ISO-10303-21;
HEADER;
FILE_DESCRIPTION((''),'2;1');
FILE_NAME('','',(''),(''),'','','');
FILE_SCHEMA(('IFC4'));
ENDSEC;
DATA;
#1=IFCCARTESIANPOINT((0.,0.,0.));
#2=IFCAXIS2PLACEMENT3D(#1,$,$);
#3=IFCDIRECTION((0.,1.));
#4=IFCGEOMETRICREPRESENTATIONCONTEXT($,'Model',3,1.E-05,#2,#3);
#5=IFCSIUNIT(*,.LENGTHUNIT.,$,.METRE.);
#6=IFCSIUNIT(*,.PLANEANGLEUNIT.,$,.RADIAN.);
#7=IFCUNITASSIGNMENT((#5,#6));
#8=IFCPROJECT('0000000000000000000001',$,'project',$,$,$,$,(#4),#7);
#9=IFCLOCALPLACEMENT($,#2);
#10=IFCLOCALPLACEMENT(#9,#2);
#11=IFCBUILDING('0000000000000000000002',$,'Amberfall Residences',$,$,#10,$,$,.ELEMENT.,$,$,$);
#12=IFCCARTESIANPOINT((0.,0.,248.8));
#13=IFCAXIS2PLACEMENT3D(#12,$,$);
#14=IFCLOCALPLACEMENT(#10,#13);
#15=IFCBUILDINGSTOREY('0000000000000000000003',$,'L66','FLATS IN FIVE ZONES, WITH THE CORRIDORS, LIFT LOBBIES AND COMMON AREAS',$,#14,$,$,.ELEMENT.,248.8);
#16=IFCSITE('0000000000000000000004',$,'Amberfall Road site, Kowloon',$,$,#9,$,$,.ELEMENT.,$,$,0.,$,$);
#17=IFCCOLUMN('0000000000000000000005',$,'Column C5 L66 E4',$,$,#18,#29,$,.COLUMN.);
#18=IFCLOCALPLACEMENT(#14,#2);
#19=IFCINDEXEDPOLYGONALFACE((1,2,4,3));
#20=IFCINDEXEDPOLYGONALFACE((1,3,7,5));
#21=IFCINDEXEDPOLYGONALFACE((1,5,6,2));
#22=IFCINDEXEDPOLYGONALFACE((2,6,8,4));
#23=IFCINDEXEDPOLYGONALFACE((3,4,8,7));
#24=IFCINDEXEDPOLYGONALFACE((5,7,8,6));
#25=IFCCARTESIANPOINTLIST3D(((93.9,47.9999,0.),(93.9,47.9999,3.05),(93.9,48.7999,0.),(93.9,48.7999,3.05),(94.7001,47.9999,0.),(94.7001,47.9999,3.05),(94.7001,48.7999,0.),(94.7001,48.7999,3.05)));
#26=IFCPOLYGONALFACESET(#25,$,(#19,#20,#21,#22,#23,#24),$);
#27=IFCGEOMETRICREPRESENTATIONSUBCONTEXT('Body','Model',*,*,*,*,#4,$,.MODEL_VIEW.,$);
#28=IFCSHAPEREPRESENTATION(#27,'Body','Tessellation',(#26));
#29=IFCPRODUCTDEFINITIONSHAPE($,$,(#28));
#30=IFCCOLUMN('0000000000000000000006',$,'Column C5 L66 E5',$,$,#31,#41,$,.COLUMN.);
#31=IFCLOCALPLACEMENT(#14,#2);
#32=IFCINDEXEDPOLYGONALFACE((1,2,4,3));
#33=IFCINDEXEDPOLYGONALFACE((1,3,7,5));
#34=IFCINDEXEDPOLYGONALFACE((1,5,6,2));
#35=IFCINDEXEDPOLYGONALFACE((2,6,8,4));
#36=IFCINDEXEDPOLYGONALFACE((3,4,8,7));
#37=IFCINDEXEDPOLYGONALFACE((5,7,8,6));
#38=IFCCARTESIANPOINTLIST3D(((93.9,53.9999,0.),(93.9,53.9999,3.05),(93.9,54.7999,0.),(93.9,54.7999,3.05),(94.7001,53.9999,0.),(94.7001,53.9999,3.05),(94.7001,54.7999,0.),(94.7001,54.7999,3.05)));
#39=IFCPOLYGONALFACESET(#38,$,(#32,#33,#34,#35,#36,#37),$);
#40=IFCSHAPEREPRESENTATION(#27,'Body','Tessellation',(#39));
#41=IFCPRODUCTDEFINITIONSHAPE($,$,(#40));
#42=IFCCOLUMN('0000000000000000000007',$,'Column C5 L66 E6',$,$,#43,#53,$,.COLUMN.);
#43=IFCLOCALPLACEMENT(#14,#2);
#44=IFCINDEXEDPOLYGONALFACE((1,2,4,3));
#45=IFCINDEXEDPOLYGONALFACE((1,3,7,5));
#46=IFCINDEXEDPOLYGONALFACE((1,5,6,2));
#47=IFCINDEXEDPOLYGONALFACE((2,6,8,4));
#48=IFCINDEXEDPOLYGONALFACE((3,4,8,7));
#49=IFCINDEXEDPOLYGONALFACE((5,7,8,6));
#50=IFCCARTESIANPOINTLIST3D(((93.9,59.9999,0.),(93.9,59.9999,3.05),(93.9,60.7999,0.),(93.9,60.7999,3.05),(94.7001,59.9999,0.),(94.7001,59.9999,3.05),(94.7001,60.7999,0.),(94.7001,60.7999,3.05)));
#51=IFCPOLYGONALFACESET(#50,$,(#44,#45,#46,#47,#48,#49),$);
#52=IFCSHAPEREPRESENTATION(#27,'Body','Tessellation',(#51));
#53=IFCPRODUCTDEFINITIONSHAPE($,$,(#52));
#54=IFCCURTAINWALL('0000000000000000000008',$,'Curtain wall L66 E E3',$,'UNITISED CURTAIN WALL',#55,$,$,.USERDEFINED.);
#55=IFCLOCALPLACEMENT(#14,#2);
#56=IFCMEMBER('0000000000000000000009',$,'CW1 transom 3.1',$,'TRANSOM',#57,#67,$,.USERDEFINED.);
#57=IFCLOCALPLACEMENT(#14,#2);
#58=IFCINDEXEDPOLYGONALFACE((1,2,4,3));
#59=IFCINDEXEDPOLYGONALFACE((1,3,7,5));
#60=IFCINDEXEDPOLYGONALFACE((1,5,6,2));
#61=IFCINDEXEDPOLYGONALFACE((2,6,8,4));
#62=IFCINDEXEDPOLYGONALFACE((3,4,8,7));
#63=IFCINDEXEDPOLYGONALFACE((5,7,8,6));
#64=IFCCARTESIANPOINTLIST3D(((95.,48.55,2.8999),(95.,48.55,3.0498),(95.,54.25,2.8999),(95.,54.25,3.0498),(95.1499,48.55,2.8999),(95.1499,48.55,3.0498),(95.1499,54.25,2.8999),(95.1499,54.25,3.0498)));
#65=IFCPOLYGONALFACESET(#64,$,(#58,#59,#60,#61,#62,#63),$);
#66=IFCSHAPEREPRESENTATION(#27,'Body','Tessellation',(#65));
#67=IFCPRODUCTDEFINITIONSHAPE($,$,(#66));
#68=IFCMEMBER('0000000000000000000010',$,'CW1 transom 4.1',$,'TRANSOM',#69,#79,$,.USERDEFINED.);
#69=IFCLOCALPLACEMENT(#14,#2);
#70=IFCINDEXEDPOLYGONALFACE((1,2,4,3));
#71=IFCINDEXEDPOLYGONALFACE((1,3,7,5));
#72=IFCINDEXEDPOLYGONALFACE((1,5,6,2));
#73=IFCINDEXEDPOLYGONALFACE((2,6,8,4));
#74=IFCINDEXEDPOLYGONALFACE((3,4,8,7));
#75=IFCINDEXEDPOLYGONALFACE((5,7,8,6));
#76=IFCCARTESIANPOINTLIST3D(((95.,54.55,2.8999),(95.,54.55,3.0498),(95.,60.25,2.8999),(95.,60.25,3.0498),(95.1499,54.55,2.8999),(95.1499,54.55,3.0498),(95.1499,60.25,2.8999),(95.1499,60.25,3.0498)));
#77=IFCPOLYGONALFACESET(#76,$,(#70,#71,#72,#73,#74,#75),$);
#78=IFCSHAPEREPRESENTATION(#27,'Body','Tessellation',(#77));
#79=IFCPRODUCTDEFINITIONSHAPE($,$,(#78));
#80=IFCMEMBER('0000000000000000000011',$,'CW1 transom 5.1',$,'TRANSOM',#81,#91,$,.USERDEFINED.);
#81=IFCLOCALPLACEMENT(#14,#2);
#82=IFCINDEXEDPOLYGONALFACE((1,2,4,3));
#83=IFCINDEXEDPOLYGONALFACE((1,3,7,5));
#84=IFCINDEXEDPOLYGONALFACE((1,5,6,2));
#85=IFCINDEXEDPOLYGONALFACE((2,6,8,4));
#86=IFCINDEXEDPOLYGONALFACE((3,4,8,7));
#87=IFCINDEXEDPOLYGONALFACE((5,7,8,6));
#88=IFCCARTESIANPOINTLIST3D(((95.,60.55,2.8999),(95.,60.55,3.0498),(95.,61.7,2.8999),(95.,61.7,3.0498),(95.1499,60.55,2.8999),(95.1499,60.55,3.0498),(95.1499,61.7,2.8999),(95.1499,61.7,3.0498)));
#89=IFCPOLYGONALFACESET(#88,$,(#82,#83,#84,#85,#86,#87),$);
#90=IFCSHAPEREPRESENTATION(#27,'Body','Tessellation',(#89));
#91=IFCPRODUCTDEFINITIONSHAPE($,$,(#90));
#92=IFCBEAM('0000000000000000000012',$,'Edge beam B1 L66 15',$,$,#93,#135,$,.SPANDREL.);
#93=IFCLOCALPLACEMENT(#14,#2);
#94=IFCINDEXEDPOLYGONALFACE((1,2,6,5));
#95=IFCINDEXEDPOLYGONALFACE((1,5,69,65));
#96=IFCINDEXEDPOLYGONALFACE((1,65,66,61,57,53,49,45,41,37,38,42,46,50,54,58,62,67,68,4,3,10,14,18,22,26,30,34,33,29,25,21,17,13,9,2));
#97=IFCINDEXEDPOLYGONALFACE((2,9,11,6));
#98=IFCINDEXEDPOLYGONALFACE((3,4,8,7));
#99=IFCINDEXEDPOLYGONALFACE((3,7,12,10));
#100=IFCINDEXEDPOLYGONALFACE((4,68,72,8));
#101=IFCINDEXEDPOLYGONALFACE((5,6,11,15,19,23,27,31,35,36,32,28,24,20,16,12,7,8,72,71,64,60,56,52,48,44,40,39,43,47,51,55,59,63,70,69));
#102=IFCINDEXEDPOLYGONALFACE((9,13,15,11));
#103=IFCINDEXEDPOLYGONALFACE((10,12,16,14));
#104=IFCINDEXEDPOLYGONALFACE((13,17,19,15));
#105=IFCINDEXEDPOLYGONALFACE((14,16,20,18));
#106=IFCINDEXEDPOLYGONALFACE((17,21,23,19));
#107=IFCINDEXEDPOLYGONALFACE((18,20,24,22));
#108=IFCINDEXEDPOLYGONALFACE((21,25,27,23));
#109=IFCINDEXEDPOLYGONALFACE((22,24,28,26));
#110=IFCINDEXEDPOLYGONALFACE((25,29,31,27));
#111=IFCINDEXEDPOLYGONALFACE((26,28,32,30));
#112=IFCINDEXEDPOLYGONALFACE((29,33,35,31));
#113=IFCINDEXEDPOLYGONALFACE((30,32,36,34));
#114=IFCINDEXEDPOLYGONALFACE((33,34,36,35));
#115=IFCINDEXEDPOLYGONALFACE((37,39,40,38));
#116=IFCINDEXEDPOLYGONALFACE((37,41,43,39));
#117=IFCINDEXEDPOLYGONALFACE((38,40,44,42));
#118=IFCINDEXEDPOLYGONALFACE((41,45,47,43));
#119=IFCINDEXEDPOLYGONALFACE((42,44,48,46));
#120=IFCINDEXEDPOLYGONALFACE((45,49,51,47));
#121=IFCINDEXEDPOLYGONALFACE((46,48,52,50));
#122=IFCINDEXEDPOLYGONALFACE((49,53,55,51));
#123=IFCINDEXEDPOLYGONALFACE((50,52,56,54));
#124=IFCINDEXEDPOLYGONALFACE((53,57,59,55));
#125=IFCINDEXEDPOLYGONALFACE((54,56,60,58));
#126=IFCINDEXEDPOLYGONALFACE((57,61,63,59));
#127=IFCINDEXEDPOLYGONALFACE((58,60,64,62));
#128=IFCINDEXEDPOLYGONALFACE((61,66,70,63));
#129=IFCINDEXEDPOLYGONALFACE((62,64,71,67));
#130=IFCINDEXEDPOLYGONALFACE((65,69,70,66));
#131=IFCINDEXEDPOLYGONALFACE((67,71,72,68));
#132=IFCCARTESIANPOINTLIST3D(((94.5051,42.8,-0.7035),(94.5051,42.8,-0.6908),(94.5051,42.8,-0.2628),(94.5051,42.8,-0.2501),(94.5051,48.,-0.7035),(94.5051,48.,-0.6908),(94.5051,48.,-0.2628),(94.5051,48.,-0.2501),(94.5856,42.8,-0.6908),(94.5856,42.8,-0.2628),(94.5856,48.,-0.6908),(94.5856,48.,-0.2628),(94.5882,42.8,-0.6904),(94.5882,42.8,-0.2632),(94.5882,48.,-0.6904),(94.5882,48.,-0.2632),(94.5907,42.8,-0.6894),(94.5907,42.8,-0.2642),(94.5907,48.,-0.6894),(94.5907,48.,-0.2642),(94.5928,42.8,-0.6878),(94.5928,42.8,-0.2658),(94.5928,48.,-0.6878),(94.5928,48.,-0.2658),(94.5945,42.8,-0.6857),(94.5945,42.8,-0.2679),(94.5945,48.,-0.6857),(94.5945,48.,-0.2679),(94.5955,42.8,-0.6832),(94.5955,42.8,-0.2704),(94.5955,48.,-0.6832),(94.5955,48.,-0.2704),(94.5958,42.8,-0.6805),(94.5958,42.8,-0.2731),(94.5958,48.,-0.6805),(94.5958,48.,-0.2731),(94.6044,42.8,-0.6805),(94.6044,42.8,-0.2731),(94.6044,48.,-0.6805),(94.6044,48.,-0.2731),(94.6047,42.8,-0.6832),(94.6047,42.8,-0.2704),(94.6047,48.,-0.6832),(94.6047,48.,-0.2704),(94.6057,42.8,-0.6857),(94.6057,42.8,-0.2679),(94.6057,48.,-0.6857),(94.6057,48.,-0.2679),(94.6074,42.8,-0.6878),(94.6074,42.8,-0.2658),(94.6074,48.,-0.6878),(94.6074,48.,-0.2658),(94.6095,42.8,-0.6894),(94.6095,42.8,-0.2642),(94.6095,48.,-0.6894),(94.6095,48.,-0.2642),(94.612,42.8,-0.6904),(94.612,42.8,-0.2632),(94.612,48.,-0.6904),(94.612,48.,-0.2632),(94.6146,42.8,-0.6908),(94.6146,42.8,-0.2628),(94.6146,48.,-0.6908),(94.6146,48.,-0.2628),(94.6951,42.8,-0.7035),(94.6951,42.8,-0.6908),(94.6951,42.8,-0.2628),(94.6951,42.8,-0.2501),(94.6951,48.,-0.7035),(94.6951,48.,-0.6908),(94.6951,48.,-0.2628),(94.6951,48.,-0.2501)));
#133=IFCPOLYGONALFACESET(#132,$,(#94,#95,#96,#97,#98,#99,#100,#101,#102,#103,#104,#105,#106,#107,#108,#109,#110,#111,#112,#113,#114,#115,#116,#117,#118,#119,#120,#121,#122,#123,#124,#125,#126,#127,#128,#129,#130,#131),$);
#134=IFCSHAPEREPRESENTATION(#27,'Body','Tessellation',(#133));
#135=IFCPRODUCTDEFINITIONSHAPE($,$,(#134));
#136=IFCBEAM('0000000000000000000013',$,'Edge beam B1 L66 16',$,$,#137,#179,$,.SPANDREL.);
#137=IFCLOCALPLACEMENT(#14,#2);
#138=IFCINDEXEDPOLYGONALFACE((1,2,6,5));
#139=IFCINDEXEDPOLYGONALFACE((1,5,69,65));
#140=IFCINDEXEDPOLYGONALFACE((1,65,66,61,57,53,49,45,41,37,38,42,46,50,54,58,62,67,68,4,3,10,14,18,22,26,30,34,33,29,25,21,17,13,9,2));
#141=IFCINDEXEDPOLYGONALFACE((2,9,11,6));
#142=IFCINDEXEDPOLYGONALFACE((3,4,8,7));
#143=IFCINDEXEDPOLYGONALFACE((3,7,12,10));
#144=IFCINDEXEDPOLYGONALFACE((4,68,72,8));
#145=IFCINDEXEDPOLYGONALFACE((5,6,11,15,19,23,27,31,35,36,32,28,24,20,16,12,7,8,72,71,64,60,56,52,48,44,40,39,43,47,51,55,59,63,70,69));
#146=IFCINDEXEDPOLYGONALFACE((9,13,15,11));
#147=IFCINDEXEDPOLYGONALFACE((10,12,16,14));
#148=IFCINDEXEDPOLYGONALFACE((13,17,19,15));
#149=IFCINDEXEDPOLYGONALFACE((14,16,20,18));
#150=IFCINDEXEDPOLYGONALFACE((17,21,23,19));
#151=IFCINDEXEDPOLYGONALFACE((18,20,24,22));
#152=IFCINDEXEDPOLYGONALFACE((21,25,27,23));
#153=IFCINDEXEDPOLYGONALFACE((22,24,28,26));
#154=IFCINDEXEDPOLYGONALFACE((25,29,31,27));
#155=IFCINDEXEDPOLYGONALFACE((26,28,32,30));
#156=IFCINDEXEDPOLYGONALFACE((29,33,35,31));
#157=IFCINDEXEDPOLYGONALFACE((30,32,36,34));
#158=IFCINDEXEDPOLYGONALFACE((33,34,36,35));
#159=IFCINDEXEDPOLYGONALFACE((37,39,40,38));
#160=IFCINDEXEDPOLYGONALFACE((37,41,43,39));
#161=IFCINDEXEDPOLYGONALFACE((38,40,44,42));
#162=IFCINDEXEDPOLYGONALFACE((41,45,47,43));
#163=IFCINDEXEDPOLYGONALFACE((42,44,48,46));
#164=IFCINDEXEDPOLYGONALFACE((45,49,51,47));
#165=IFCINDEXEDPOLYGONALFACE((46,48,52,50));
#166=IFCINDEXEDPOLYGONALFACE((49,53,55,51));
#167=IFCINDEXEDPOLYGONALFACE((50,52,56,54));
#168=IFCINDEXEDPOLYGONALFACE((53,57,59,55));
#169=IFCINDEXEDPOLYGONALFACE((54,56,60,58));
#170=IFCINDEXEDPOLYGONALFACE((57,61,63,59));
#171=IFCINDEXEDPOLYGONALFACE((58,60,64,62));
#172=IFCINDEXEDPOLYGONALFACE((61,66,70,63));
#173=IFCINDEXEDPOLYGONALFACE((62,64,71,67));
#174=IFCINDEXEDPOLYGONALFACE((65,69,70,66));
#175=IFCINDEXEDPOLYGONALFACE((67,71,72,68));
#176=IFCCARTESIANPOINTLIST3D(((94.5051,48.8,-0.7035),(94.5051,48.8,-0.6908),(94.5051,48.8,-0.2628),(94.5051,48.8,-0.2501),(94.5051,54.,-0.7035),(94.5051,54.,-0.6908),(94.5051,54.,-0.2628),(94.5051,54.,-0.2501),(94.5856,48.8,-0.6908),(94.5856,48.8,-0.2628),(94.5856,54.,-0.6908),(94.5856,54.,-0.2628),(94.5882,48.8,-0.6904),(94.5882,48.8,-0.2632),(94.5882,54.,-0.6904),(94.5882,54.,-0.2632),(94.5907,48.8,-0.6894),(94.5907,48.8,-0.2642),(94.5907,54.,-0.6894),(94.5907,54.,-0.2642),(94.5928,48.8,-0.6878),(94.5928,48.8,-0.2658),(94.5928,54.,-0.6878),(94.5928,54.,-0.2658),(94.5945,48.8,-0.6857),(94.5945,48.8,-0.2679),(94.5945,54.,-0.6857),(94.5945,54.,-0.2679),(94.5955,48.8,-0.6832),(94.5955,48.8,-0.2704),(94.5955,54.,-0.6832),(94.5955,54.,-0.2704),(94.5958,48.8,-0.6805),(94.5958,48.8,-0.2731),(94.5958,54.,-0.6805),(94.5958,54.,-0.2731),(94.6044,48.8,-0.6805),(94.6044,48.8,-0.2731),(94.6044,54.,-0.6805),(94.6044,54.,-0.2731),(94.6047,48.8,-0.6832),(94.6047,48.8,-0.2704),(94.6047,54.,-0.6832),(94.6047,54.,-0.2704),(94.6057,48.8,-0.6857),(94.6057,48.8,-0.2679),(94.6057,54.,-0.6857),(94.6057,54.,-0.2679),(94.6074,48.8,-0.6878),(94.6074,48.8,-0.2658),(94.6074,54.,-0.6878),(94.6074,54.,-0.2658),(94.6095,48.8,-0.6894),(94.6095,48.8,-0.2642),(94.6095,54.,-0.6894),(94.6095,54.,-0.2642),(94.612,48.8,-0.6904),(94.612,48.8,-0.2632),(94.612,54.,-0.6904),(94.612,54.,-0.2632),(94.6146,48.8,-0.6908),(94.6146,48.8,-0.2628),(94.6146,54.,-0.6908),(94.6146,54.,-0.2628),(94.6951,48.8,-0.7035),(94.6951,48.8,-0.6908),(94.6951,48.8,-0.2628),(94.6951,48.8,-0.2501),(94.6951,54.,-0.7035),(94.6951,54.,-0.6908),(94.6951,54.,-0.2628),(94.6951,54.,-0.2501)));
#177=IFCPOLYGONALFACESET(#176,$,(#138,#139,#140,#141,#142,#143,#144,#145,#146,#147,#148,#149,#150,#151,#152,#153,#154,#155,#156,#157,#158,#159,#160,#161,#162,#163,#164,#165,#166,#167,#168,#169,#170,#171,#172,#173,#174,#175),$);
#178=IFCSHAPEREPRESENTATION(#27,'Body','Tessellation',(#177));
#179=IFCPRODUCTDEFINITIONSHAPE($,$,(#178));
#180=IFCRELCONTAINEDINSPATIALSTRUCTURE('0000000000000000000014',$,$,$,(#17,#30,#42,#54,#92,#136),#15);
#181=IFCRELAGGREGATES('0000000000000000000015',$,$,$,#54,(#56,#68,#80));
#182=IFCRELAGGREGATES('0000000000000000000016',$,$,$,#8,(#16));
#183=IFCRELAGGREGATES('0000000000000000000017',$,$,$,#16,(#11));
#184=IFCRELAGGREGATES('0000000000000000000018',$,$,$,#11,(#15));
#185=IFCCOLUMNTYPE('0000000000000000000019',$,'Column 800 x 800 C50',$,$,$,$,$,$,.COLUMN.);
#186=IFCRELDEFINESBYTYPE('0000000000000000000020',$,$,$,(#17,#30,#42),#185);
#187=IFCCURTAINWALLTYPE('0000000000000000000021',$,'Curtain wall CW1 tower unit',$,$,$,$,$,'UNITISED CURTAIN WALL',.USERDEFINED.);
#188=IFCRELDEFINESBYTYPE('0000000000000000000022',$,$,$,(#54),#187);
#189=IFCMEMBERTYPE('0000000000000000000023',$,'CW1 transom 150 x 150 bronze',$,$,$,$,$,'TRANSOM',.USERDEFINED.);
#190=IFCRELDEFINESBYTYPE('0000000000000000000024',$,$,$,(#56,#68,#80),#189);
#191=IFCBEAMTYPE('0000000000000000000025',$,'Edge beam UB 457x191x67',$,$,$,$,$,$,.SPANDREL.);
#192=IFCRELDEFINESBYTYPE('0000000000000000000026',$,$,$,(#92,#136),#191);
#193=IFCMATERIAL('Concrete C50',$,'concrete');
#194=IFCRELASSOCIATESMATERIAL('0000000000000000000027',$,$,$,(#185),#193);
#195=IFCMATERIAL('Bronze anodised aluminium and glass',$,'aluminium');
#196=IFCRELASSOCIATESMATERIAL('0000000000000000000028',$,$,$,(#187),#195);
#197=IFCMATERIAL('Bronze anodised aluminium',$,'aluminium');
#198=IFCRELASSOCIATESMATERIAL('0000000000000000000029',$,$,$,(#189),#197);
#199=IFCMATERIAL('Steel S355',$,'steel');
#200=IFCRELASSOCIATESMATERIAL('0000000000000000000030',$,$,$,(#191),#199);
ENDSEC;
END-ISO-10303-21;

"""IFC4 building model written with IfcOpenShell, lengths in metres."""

from ifc_helpers import new_model, si_unit, direction, frame, origin, origin_2d, place, context, subcontext, project, spatial, rectangle, i_section, extrude, material, material_profile, profile_set, type_object, element, aggregate, save


model = new_model("IFC4")

# Units and contexts
model_context = context("Model", 3, precision=1e-05, world=origin(), true_north=direction((0.0, 1.0)))
body_context = subcontext(model_context, "Body", "Model", "MODEL_VIEW")
ifc_project = project(units=[si_unit("LENGTHUNIT", "METRE"), si_unit("PLANEANGLEUNIT", "RADIAN")], contexts=[model_context])

# Site, building, storey
site_placement = place(None, origin())
site = spatial("IfcSite", under=ifc_project, at=site_placement, Name="Amberfall Road site, Kowloon", CompositionType="ELEMENT", RefElevation=0.0)
building_placement = place(site_placement, origin())
building = spatial("IfcBuilding", under=site, at=building_placement, Name="Amberfall Residences", CompositionType="ELEMENT")
storey_placement = place(building_placement, frame((0.0, 0.0, 248.8)))
storey = spatial("IfcBuildingStorey", under=building, at=storey_placement, Name="L66", Description="FLATS IN FIVE ZONES, WITH THE CORRIDORS, LIFT LOBBIES AND COMMON AREAS", CompositionType="ELEMENT", Elevation=248.8)

# Columns
ifc_material_1 = material(Name="Concrete C50", Category="concrete")
ifc_material_profile_1 = material_profile(ifc_material_1, rectangle(XDim=0.8, YDim=0.8, at=origin_2d()), Name="Column 800 x 800 C50")
ifc_profile_set_1 = profile_set([ifc_material_profile_1], Name="Concrete C50")
column_type = type_object("IfcColumnType", Name="Column 800 x 800 C50", PredefinedType="COLUMN", material=ifc_profile_set_1)
for number, where, z_axis, x_axis, name in (
    (1, (94.3, 48.3999, 0.0), (0.0, 0.0, 1.0), (1.0, 0.0, 0.0), "Column C5 L66 E4"),
    (2, (94.3, 54.3999, 0.0), (0.0, 0.0, 1.0), (1.0, 0.0, 0.0), "Column C5 L66 E5"),
    (3, (94.3, 60.3999, 0.0), (0.0, 0.0, 1.0), (1.0, 0.0, 0.0), "Column C5 L66 E6"),
):
    element("IfcColumn", number, at=place(storey_placement, frame(where, z_axis=z_axis, x_axis=x_axis)), inside=storey, type_object=column_type, Name=name, PredefinedType="COLUMN", context=body_context, shape_type="SweptSolid", body=[
        extrude(rectangle(XDim=0.8, YDim=0.8, at=origin_2d()), origin(), (0.0, 0.0, 1.0), 3.05),
    ])

# Curtain wall, members
ifc_material_2 = material(Name="Bronze anodised aluminium and glass", Category="aluminium")
curtain_wall_type = type_object("IfcCurtainWallType", Name="Curtain wall CW1 tower unit", ElementType="UNITISED CURTAIN WALL", PredefinedType="USERDEFINED", material=ifc_material_2)
curtain_wall_placement = place(storey_placement, origin())
curtain_wall = element("IfcCurtainWall", 4, at=curtain_wall_placement, inside=storey, type_object=curtain_wall_type, Name="Curtain wall L66 E E3", ObjectType="UNITISED CURTAIN WALL", PredefinedType="USERDEFINED")
ifc_material_3 = material(Name="Bronze anodised aluminium", Category="aluminium")
ifc_material_profile_2 = material_profile(ifc_material_3, rectangle(XDim=0.1499, YDim=0.1499, at=origin_2d()), Name="CW1 transom 150 x 150 bronze")
ifc_profile_set_2 = profile_set([ifc_material_profile_2], Name="Bronze anodised aluminium")
member_type_1 = type_object("IfcMemberType", Name="CW1 transom 150 x 150 bronze", ElementType="TRANSOM", PredefinedType="USERDEFINED", material=ifc_profile_set_2)
member_1_placement = place(storey_placement, frame((95.075, 48.55, 2.9749), z_axis=(0.0, 1.0, 0.0), x_axis=(-1.0, 0.0, 0.0)))
member_1 = element("IfcMember", 5, at=member_1_placement, type_object=member_type_1, Name="CW1 transom 3.1", ObjectType="TRANSOM", PredefinedType="USERDEFINED", context=body_context, shape_type="SweptSolid", body=[
    extrude(rectangle(XDim=0.1499, YDim=0.1499, at=origin_2d()), origin(), (0.0, 0.0, 1.0), 5.7),
])
member_2_placement = place(storey_placement, frame((95.075, 54.55, 2.9749), z_axis=(0.0, 1.0, 0.0), x_axis=(-1.0, 0.0, 0.0)))
member_2 = element("IfcMember", 6, at=member_2_placement, type_object=member_type_1, Name="CW1 transom 4.1", ObjectType="TRANSOM", PredefinedType="USERDEFINED", context=body_context, shape_type="SweptSolid", body=[
    extrude(rectangle(XDim=0.1499, YDim=0.1499, at=origin_2d()), origin(), (0.0, 0.0, 1.0), 5.7),
])
member_3_placement = place(storey_placement, frame((95.075, 60.55, 2.9749), z_axis=(0.0, 1.0, 0.0), x_axis=(-1.0, 0.0, 0.0)))
member_3 = element("IfcMember", 7, at=member_3_placement, type_object=member_type_1, Name="CW1 transom 5.1", ObjectType="TRANSOM", PredefinedType="USERDEFINED", context=body_context, shape_type="SweptSolid", body=[
    extrude(rectangle(XDim=0.1499, YDim=0.1499, at=origin_2d()), origin(), (0.0, 0.0, 1.0), 1.1499),
])

# Beams
ifc_material_4 = material(Name="Steel S355", Category="steel")
ifc_material_profile_3 = material_profile(ifc_material_4, i_section(OverallWidth=0.1899, OverallDepth=0.4534, WebThickness=0.0085, FlangeThickness=0.0127, FilletRadius=0.0103, at=origin_2d()), Name="UB 457x191x67")
ifc_profile_set_3 = profile_set([ifc_material_profile_3], Name="Steel S355")
beam_type_1 = type_object("IfcBeamType", Name="Edge beam UB 457x191x67", PredefinedType="SPANDREL", material=ifc_profile_set_3)
for number, where, z_axis, x_axis, name in (
    (8, (94.6001, 42.8, -0.4768), (0.0, 1.0, 0.0), (-1.0, 0.0, 0.0), "Edge beam B1 L66 15"),
    (9, (94.6001, 48.8, -0.4768), (0.0, 1.0, 0.0), (-1.0, 0.0, 0.0), "Edge beam B1 L66 16"),
):
    element("IfcBeam", number, at=place(storey_placement, frame(where, z_axis=z_axis, x_axis=x_axis)), inside=storey, type_object=beam_type_1, Name=name, PredefinedType="SPANDREL", context=body_context, shape_type="SweptSolid", body=[
        extrude(i_section(OverallWidth=0.1899, OverallDepth=0.4534, WebThickness=0.0085, FlangeThickness=0.0127, FilletRadius=0.0103, at=origin_2d()), origin(), (0.0, 0.0, 1.0), 5.2),
    ])

aggregate(curtain_wall, [member_1, member_2, member_3])

save(model, "model.ifc")
